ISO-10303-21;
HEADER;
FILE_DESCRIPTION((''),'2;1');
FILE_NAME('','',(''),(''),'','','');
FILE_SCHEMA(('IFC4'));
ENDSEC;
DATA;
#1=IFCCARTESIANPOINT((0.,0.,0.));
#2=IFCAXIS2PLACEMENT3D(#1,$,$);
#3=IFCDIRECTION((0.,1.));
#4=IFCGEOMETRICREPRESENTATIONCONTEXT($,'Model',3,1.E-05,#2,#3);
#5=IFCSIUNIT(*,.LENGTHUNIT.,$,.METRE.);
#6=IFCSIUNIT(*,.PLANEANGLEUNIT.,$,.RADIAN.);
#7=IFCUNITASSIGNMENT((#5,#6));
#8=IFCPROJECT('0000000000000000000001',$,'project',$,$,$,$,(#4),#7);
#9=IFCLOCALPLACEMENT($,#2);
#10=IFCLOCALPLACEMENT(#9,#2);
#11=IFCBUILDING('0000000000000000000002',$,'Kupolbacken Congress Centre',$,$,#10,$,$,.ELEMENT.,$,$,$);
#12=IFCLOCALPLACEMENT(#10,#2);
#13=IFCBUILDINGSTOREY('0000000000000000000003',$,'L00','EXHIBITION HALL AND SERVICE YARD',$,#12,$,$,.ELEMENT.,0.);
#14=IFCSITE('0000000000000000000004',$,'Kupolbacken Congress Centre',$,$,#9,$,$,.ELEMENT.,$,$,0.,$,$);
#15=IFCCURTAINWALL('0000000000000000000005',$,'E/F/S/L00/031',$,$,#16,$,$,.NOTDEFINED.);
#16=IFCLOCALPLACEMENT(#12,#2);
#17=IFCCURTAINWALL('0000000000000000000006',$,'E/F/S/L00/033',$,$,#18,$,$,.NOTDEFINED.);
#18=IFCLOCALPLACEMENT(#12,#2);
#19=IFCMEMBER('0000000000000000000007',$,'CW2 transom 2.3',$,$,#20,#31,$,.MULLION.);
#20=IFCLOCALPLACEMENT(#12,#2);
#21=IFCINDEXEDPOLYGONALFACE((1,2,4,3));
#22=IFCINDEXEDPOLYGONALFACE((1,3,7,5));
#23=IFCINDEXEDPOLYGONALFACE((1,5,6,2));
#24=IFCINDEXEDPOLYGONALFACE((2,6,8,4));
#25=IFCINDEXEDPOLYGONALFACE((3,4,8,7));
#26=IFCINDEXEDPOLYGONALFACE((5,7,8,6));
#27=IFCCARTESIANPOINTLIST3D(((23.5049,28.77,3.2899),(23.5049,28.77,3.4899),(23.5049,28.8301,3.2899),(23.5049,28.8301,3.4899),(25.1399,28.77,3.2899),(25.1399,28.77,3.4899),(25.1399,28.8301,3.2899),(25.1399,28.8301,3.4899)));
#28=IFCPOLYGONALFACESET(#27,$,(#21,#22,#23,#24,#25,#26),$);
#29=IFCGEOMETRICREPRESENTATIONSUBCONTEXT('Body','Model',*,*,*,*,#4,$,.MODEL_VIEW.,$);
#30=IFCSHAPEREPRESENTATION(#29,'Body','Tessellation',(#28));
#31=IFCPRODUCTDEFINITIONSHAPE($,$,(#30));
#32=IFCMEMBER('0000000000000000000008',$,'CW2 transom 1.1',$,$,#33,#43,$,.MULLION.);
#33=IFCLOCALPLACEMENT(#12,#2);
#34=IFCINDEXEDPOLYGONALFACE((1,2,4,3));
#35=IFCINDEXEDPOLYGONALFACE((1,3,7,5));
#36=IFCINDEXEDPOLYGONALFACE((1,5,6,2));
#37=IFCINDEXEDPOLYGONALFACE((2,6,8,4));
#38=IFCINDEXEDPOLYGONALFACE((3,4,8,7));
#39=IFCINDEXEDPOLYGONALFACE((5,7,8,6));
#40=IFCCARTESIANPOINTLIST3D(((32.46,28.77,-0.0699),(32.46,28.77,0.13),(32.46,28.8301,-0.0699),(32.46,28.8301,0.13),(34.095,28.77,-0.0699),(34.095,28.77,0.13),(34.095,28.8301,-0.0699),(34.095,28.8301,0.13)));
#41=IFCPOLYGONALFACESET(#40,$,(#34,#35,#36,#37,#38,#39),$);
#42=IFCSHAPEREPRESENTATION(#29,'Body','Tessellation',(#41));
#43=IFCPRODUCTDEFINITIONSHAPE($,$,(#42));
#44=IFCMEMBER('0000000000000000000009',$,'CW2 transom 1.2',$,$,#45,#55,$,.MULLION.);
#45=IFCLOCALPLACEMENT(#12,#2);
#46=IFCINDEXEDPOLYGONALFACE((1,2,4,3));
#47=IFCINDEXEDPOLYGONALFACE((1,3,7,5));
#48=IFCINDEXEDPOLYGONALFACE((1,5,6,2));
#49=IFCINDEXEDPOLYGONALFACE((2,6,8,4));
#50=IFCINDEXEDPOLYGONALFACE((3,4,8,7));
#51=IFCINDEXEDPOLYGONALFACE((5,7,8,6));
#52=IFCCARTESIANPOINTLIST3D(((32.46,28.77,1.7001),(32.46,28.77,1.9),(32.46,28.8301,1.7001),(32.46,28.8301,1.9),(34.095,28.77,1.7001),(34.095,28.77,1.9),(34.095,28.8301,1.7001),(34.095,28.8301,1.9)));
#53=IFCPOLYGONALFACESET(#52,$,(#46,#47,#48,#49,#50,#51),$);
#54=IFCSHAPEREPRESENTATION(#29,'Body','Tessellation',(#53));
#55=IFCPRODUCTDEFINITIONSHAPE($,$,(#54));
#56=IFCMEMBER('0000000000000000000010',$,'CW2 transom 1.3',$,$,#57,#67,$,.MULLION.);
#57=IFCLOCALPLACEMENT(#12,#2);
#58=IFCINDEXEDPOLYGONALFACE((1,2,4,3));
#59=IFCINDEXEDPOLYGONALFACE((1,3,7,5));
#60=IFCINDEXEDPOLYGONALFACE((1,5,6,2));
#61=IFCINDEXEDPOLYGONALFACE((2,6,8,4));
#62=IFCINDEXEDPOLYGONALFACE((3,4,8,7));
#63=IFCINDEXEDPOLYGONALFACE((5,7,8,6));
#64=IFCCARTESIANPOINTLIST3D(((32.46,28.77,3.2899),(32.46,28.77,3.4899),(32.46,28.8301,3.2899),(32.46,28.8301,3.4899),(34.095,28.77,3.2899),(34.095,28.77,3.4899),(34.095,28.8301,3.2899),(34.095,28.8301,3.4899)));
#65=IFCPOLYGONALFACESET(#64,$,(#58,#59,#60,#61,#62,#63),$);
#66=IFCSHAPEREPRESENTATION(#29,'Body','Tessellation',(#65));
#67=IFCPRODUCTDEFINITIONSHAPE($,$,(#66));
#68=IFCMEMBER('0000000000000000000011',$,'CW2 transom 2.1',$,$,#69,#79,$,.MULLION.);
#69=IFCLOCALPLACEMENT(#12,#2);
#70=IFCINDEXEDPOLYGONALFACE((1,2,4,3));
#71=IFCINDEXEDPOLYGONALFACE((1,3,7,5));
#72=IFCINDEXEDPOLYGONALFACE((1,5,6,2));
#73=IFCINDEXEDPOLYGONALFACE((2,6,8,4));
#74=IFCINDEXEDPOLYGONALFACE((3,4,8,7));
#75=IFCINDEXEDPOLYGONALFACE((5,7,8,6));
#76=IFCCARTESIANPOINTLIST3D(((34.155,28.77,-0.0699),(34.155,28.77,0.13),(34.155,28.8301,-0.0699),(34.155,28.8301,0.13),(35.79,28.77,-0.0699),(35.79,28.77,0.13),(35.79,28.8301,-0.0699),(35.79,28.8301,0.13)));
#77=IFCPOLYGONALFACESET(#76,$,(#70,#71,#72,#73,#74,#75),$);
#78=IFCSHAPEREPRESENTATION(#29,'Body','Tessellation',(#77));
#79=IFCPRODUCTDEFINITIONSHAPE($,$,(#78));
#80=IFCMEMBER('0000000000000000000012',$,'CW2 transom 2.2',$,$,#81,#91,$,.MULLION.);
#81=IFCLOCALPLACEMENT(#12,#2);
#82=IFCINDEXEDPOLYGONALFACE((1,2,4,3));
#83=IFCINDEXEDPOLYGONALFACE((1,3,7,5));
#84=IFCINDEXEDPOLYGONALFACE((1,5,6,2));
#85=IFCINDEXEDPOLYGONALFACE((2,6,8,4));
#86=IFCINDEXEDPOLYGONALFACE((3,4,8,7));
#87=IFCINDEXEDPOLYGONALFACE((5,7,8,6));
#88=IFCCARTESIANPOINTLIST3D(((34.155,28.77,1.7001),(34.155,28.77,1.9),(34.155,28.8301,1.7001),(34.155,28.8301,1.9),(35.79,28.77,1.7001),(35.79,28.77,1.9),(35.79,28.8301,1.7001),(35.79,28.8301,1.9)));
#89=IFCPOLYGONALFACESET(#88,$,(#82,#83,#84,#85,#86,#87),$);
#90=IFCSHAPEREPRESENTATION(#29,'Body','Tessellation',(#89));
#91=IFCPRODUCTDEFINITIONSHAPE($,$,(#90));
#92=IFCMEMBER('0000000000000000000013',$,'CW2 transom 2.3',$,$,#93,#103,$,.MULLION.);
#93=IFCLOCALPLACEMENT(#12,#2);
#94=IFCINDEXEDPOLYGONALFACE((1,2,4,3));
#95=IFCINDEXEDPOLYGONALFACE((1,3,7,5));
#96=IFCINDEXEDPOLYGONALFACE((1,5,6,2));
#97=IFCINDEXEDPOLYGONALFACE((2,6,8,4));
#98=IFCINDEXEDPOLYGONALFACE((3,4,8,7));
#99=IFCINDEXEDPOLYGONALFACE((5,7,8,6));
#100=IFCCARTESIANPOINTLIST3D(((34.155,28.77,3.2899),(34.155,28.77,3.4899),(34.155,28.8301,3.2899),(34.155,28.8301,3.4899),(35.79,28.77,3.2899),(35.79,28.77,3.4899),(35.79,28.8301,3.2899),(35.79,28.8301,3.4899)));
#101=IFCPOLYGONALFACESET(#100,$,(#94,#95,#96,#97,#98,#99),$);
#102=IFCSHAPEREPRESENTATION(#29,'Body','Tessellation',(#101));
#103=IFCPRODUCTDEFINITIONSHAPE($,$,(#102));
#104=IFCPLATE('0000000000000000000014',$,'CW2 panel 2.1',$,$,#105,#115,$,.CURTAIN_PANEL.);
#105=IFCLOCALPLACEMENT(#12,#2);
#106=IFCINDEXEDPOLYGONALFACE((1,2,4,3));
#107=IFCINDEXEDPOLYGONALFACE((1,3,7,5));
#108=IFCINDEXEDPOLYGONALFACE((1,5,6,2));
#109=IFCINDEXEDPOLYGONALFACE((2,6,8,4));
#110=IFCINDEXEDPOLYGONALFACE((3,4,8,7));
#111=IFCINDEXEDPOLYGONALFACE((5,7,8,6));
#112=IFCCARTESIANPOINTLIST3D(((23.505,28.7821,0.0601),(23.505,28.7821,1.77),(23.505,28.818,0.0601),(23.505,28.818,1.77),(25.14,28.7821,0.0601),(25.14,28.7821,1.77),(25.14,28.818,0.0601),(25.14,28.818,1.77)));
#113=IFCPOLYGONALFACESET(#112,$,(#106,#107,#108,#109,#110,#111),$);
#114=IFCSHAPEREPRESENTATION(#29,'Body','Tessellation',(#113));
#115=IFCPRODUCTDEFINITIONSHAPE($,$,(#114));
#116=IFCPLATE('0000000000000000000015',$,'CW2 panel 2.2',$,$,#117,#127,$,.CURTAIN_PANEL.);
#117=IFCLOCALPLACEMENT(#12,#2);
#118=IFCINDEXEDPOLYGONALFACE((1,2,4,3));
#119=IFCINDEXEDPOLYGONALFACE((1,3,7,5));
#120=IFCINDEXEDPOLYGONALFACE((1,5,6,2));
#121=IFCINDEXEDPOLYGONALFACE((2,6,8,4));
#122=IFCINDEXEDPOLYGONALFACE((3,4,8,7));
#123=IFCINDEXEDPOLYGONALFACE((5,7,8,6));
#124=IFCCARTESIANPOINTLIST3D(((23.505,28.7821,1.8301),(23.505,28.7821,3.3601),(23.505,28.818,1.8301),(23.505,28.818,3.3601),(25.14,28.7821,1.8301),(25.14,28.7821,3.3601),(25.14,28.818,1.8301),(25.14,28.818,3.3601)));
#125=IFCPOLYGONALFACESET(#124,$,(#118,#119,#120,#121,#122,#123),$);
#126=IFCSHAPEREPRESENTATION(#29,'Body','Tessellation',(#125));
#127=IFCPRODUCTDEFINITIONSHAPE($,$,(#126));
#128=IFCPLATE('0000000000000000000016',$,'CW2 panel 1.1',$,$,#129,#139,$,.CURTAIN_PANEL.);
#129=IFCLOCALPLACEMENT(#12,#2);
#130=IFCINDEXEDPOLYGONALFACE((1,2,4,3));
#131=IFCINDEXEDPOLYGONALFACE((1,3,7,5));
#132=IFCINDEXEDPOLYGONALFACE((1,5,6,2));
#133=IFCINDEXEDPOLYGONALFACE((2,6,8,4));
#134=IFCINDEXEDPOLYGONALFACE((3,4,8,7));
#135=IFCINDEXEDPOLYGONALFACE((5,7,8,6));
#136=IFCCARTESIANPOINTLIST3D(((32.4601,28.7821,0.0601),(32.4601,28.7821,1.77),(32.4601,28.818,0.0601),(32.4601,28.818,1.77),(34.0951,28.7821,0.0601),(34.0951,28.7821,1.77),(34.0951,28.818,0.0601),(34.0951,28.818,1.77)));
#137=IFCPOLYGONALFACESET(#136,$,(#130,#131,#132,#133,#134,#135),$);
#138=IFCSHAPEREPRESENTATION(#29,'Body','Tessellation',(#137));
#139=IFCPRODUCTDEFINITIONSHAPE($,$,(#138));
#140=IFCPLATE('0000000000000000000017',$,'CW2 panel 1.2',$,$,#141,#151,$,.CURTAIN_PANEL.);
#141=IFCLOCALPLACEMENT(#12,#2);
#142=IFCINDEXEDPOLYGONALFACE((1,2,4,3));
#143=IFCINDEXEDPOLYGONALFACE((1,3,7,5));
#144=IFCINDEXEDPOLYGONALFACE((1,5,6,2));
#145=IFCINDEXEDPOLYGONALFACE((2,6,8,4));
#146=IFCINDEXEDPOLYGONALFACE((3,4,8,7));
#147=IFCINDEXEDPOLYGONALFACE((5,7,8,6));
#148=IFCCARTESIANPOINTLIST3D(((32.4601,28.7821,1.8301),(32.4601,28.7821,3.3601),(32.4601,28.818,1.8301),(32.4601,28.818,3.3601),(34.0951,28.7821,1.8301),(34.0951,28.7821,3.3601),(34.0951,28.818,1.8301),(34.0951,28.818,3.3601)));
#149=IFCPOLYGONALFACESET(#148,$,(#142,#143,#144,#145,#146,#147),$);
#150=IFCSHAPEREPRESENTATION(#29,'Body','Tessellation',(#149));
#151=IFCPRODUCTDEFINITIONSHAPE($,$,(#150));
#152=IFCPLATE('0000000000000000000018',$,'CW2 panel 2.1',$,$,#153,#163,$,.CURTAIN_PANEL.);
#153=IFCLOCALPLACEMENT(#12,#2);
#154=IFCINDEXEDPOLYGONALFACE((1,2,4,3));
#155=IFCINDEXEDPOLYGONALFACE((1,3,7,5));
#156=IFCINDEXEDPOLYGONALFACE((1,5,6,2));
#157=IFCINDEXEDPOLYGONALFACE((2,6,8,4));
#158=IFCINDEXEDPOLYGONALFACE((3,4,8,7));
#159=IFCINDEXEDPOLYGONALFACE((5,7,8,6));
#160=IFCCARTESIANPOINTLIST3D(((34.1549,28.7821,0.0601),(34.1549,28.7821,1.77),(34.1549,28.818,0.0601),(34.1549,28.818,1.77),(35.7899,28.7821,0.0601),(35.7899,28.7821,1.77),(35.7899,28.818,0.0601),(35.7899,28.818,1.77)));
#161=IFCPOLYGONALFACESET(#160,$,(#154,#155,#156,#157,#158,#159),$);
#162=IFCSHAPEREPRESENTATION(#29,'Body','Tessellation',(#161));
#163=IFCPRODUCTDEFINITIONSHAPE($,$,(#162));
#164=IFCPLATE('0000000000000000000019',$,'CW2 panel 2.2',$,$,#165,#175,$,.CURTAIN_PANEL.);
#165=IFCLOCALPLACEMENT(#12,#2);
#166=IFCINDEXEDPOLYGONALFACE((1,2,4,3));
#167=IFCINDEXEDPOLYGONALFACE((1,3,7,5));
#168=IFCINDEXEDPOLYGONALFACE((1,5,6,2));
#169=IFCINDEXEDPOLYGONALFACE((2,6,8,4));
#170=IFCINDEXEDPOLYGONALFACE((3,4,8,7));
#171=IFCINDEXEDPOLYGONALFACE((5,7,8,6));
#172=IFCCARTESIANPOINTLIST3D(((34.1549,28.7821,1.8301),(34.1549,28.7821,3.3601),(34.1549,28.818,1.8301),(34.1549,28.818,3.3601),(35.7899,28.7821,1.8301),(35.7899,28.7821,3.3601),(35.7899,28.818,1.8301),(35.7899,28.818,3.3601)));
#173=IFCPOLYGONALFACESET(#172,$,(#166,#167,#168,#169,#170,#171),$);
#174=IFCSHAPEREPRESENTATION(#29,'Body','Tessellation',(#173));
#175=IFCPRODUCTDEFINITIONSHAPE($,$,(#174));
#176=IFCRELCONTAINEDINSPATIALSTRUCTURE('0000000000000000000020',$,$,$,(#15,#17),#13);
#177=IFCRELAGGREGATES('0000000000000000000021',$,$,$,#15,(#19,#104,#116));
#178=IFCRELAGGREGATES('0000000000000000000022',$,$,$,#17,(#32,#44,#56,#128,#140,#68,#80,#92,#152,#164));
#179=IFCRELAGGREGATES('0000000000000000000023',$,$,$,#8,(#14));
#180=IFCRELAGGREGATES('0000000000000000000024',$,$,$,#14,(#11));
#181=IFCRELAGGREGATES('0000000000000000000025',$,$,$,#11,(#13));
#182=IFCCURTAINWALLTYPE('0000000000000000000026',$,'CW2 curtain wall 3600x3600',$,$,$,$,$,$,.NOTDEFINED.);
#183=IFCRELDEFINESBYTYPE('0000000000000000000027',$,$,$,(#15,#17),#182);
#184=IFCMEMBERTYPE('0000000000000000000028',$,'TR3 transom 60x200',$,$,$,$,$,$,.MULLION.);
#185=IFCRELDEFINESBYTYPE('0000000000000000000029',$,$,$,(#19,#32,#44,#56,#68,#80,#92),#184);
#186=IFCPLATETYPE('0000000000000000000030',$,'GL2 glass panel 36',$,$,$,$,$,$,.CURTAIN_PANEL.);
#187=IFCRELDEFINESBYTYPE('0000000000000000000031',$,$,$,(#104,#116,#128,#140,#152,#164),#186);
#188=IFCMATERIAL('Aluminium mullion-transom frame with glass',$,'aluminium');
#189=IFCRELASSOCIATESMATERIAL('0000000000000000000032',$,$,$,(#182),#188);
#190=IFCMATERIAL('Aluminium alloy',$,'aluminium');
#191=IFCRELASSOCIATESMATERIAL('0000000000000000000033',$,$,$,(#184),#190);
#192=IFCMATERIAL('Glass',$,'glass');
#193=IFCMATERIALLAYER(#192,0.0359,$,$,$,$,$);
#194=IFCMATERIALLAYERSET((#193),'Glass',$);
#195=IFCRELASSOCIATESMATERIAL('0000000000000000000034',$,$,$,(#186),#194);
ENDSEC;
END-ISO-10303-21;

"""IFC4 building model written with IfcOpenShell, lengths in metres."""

from ifc_helpers import new_model, si_unit, direction, frame, origin, origin_2d, place, context, subcontext, project, spatial, rectangle, extrude, material, layer, layer_set, material_profile, profile_set, type_object, element, aggregate, save


model = new_model("IFC4")

# Units and contexts
model_context = context("Model", 3, precision=1e-05, world=origin(), true_north=direction((0.0, 1.0)))
body_context = subcontext(model_context, "Body", "Model", "MODEL_VIEW")
ifc_project = project(units=[si_unit("LENGTHUNIT", "METRE"), si_unit("PLANEANGLEUNIT", "RADIAN")], contexts=[model_context])

# Site, building, storey
site_placement = place(None, origin())
site = spatial("IfcSite", under=ifc_project, at=site_placement, Name="Kupolbacken Congress Centre", CompositionType="ELEMENT", RefElevation=0.0)
building_placement = place(site_placement, origin())
building = spatial("IfcBuilding", under=site, at=building_placement, Name="Kupolbacken Congress Centre", CompositionType="ELEMENT")
storey_placement = place(building_placement, origin())
storey = spatial("IfcBuildingStorey", under=building, at=storey_placement, Name="L00", Description="EXHIBITION HALL AND SERVICE YARD", CompositionType="ELEMENT", Elevation=0.0)

# Curtain wall
ifc_material_1 = material(Name="Aluminium mullion-transom frame with glass", Category="aluminium")
curtain_wall_type = type_object("IfcCurtainWallType", Name="CW2 curtain wall 3600x3600", PredefinedType="NOTDEFINED", material=ifc_material_1)
curtain_wall_1_placement = place(storey_placement, origin())
curtain_wall_1 = element("IfcCurtainWall", 1, at=curtain_wall_1_placement, inside=storey, type_object=curtain_wall_type, Name="E/F/S/L00/031", PredefinedType="NOTDEFINED")

# Curtain wall
curtain_wall_2_placement = place(storey_placement, origin())
curtain_wall_2 = element("IfcCurtainWall", 2, at=curtain_wall_2_placement, inside=storey, type_object=curtain_wall_type, Name="E/F/S/L00/033", PredefinedType="NOTDEFINED")

# Members
ifc_material_2 = material(Name="Aluminium alloy", Category="aluminium")
ifc_material_profile_1 = material_profile(ifc_material_2, rectangle(XDim=0.0601, YDim=0.2, at=origin_2d()), Name="60 x 200")
ifc_profile_set_1 = profile_set([ifc_material_profile_1], Name="Aluminium alloy")
member_type_1 = type_object("IfcMemberType", Name="TR3 transom 60x200", PredefinedType="MULLION", material=ifc_profile_set_1)
member_1_placement = place(storey_placement, frame((23.5049, 28.8, 3.3899), z_axis=(1.0, 0.0, 0.0), x_axis=(0.0, 1.0, 0.0)))
member_1 = element("IfcMember", 3, at=member_1_placement, type_object=member_type_1, Name="CW2 transom 2.3", PredefinedType="MULLION", context=body_context, shape_type="SweptSolid", body=[
    extrude(rectangle(XDim=0.0601, YDim=0.2, at=origin_2d()), origin(), (0.0, 0.0, 1.0), 1.635),
])
member_2_placement = place(storey_placement, frame((32.46, 28.8, 0.03), z_axis=(1.0, 0.0, 0.0), x_axis=(0.0, 1.0, 0.0)))
member_2 = element("IfcMember", 4, at=member_2_placement, type_object=member_type_1, Name="CW2 transom 1.1", PredefinedType="MULLION", context=body_context, shape_type="SweptSolid", body=[
    extrude(rectangle(XDim=0.0601, YDim=0.2, at=origin_2d()), origin(), (0.0, 0.0, 1.0), 1.635),
])
member_3_placement = place(storey_placement, frame((32.46, 28.8, 1.8), z_axis=(1.0, 0.0, 0.0), x_axis=(0.0, 1.0, 0.0)))
member_3 = element("IfcMember", 5, at=member_3_placement, type_object=member_type_1, Name="CW2 transom 1.2", PredefinedType="MULLION", context=body_context, shape_type="SweptSolid", body=[
    extrude(rectangle(XDim=0.0601, YDim=0.2, at=origin_2d()), origin(), (0.0, 0.0, 1.0), 1.635),
])
member_4_placement = place(storey_placement, frame((32.46, 28.8, 3.3899), z_axis=(1.0, 0.0, 0.0), x_axis=(0.0, 1.0, 0.0)))
member_4 = element("IfcMember", 6, at=member_4_placement, type_object=member_type_1, Name="CW2 transom 1.3", PredefinedType="MULLION", context=body_context, shape_type="SweptSolid", body=[
    extrude(rectangle(XDim=0.0601, YDim=0.2, at=origin_2d()), origin(), (0.0, 0.0, 1.0), 1.635),
])
member_5_placement = place(storey_placement, frame((34.155, 28.8, 0.03), z_axis=(1.0, 0.0, 0.0), x_axis=(0.0, 1.0, 0.0)))
member_5 = element("IfcMember", 7, at=member_5_placement, type_object=member_type_1, Name="CW2 transom 2.1", PredefinedType="MULLION", context=body_context, shape_type="SweptSolid", body=[
    extrude(rectangle(XDim=0.0601, YDim=0.2, at=origin_2d()), origin(), (0.0, 0.0, 1.0), 1.635),
])
member_6_placement = place(storey_placement, frame((34.155, 28.8, 1.8), z_axis=(1.0, 0.0, 0.0), x_axis=(0.0, 1.0, 0.0)))
member_6 = element("IfcMember", 8, at=member_6_placement, type_object=member_type_1, Name="CW2 transom 2.2", PredefinedType="MULLION", context=body_context, shape_type="SweptSolid", body=[
    extrude(rectangle(XDim=0.0601, YDim=0.2, at=origin_2d()), origin(), (0.0, 0.0, 1.0), 1.635),
])
member_7_placement = place(storey_placement, frame((34.155, 28.8, 3.3899), z_axis=(1.0, 0.0, 0.0), x_axis=(0.0, 1.0, 0.0)))
member_7 = element("IfcMember", 9, at=member_7_placement, type_object=member_type_1, Name="CW2 transom 2.3", PredefinedType="MULLION", context=body_context, shape_type="SweptSolid", body=[
    extrude(rectangle(XDim=0.0601, YDim=0.2, at=origin_2d()), origin(), (0.0, 0.0, 1.0), 1.635),
])

# Plates
ifc_material_3 = material(Name="Glass", Category="glass")
ifc_layer_1 = layer(ifc_material_3, 0.0359)
ifc_layer_set_1 = layer_set([ifc_layer_1], Name="Glass")
plate_type = type_object("IfcPlateType", Name="GL2 glass panel 36", PredefinedType="CURTAIN_PANEL", material=ifc_layer_set_1)
plate_1_placement = place(storey_placement, frame((24.3225, 28.8, 0.0601), z_axis=(0.0, 0.0, 1.0), x_axis=(1.0, 0.0, 0.0)))
plate_1 = element("IfcPlate", 10, at=plate_1_placement, type_object=plate_type, Name="CW2 panel 2.1", PredefinedType="CURTAIN_PANEL", context=body_context, shape_type="SweptSolid", body=[
    extrude(rectangle(XDim=1.635, YDim=0.0359, at=origin_2d()), origin(), (0.0, 0.0, 1.0), 1.71),
])
plate_2_placement = place(storey_placement, frame((24.3225, 28.8, 1.8301), z_axis=(0.0, 0.0, 1.0), x_axis=(1.0, 0.0, 0.0)))
plate_2 = element("IfcPlate", 11, at=plate_2_placement, type_object=plate_type, Name="CW2 panel 2.2", PredefinedType="CURTAIN_PANEL", context=body_context, shape_type="SweptSolid", body=[
    extrude(rectangle(XDim=1.635, YDim=0.0359, at=origin_2d()), origin(), (0.0, 0.0, 1.0), 1.53),
])
aggregate(curtain_wall_1, [member_1, plate_1, plate_2])
plate_3_placement = place(storey_placement, frame((33.2776, 28.8, 0.0601), z_axis=(0.0, 0.0, 1.0), x_axis=(1.0, 0.0, 0.0)))
plate_3 = element("IfcPlate", 12, at=plate_3_placement, type_object=plate_type, Name="CW2 panel 1.1", PredefinedType="CURTAIN_PANEL", context=body_context, shape_type="SweptSolid", body=[
    extrude(rectangle(XDim=1.635, YDim=0.0359, at=origin_2d()), origin(), (0.0, 0.0, 1.0), 1.71),
])
plate_4_placement = place(storey_placement, frame((33.2776, 28.8, 1.8301), z_axis=(0.0, 0.0, 1.0), x_axis=(1.0, 0.0, 0.0)))
plate_4 = element("IfcPlate", 13, at=plate_4_placement, type_object=plate_type, Name="CW2 panel 1.2", PredefinedType="CURTAIN_PANEL", context=body_context, shape_type="SweptSolid", body=[
    extrude(rectangle(XDim=1.635, YDim=0.0359, at=origin_2d()), origin(), (0.0, 0.0, 1.0), 1.53),
])
plate_5_placement = place(storey_placement, frame((34.9724, 28.8, 0.0601), z_axis=(0.0, 0.0, 1.0), x_axis=(1.0, 0.0, 0.0)))
plate_5 = element("IfcPlate", 14, at=plate_5_placement, type_object=plate_type, Name="CW2 panel 2.1", PredefinedType="CURTAIN_PANEL", context=body_context, shape_type="SweptSolid", body=[
    extrude(rectangle(XDim=1.635, YDim=0.0359, at=origin_2d()), origin(), (0.0, 0.0, 1.0), 1.71),
])
plate_6_placement = place(storey_placement, frame((34.9724, 28.8, 1.8301), z_axis=(0.0, 0.0, 1.0), x_axis=(1.0, 0.0, 0.0)))
plate_6 = element("IfcPlate", 15, at=plate_6_placement, type_object=plate_type, Name="CW2 panel 2.2", PredefinedType="CURTAIN_PANEL", context=body_context, shape_type="SweptSolid", body=[
    extrude(rectangle(XDim=1.635, YDim=0.0359, at=origin_2d()), origin(), (0.0, 0.0, 1.0), 1.53),
])
aggregate(curtain_wall_2, [member_2, member_3, member_4, plate_3, plate_4, member_5, member_6, member_7, plate_5, plate_6])

save(model, "model.ifc")
